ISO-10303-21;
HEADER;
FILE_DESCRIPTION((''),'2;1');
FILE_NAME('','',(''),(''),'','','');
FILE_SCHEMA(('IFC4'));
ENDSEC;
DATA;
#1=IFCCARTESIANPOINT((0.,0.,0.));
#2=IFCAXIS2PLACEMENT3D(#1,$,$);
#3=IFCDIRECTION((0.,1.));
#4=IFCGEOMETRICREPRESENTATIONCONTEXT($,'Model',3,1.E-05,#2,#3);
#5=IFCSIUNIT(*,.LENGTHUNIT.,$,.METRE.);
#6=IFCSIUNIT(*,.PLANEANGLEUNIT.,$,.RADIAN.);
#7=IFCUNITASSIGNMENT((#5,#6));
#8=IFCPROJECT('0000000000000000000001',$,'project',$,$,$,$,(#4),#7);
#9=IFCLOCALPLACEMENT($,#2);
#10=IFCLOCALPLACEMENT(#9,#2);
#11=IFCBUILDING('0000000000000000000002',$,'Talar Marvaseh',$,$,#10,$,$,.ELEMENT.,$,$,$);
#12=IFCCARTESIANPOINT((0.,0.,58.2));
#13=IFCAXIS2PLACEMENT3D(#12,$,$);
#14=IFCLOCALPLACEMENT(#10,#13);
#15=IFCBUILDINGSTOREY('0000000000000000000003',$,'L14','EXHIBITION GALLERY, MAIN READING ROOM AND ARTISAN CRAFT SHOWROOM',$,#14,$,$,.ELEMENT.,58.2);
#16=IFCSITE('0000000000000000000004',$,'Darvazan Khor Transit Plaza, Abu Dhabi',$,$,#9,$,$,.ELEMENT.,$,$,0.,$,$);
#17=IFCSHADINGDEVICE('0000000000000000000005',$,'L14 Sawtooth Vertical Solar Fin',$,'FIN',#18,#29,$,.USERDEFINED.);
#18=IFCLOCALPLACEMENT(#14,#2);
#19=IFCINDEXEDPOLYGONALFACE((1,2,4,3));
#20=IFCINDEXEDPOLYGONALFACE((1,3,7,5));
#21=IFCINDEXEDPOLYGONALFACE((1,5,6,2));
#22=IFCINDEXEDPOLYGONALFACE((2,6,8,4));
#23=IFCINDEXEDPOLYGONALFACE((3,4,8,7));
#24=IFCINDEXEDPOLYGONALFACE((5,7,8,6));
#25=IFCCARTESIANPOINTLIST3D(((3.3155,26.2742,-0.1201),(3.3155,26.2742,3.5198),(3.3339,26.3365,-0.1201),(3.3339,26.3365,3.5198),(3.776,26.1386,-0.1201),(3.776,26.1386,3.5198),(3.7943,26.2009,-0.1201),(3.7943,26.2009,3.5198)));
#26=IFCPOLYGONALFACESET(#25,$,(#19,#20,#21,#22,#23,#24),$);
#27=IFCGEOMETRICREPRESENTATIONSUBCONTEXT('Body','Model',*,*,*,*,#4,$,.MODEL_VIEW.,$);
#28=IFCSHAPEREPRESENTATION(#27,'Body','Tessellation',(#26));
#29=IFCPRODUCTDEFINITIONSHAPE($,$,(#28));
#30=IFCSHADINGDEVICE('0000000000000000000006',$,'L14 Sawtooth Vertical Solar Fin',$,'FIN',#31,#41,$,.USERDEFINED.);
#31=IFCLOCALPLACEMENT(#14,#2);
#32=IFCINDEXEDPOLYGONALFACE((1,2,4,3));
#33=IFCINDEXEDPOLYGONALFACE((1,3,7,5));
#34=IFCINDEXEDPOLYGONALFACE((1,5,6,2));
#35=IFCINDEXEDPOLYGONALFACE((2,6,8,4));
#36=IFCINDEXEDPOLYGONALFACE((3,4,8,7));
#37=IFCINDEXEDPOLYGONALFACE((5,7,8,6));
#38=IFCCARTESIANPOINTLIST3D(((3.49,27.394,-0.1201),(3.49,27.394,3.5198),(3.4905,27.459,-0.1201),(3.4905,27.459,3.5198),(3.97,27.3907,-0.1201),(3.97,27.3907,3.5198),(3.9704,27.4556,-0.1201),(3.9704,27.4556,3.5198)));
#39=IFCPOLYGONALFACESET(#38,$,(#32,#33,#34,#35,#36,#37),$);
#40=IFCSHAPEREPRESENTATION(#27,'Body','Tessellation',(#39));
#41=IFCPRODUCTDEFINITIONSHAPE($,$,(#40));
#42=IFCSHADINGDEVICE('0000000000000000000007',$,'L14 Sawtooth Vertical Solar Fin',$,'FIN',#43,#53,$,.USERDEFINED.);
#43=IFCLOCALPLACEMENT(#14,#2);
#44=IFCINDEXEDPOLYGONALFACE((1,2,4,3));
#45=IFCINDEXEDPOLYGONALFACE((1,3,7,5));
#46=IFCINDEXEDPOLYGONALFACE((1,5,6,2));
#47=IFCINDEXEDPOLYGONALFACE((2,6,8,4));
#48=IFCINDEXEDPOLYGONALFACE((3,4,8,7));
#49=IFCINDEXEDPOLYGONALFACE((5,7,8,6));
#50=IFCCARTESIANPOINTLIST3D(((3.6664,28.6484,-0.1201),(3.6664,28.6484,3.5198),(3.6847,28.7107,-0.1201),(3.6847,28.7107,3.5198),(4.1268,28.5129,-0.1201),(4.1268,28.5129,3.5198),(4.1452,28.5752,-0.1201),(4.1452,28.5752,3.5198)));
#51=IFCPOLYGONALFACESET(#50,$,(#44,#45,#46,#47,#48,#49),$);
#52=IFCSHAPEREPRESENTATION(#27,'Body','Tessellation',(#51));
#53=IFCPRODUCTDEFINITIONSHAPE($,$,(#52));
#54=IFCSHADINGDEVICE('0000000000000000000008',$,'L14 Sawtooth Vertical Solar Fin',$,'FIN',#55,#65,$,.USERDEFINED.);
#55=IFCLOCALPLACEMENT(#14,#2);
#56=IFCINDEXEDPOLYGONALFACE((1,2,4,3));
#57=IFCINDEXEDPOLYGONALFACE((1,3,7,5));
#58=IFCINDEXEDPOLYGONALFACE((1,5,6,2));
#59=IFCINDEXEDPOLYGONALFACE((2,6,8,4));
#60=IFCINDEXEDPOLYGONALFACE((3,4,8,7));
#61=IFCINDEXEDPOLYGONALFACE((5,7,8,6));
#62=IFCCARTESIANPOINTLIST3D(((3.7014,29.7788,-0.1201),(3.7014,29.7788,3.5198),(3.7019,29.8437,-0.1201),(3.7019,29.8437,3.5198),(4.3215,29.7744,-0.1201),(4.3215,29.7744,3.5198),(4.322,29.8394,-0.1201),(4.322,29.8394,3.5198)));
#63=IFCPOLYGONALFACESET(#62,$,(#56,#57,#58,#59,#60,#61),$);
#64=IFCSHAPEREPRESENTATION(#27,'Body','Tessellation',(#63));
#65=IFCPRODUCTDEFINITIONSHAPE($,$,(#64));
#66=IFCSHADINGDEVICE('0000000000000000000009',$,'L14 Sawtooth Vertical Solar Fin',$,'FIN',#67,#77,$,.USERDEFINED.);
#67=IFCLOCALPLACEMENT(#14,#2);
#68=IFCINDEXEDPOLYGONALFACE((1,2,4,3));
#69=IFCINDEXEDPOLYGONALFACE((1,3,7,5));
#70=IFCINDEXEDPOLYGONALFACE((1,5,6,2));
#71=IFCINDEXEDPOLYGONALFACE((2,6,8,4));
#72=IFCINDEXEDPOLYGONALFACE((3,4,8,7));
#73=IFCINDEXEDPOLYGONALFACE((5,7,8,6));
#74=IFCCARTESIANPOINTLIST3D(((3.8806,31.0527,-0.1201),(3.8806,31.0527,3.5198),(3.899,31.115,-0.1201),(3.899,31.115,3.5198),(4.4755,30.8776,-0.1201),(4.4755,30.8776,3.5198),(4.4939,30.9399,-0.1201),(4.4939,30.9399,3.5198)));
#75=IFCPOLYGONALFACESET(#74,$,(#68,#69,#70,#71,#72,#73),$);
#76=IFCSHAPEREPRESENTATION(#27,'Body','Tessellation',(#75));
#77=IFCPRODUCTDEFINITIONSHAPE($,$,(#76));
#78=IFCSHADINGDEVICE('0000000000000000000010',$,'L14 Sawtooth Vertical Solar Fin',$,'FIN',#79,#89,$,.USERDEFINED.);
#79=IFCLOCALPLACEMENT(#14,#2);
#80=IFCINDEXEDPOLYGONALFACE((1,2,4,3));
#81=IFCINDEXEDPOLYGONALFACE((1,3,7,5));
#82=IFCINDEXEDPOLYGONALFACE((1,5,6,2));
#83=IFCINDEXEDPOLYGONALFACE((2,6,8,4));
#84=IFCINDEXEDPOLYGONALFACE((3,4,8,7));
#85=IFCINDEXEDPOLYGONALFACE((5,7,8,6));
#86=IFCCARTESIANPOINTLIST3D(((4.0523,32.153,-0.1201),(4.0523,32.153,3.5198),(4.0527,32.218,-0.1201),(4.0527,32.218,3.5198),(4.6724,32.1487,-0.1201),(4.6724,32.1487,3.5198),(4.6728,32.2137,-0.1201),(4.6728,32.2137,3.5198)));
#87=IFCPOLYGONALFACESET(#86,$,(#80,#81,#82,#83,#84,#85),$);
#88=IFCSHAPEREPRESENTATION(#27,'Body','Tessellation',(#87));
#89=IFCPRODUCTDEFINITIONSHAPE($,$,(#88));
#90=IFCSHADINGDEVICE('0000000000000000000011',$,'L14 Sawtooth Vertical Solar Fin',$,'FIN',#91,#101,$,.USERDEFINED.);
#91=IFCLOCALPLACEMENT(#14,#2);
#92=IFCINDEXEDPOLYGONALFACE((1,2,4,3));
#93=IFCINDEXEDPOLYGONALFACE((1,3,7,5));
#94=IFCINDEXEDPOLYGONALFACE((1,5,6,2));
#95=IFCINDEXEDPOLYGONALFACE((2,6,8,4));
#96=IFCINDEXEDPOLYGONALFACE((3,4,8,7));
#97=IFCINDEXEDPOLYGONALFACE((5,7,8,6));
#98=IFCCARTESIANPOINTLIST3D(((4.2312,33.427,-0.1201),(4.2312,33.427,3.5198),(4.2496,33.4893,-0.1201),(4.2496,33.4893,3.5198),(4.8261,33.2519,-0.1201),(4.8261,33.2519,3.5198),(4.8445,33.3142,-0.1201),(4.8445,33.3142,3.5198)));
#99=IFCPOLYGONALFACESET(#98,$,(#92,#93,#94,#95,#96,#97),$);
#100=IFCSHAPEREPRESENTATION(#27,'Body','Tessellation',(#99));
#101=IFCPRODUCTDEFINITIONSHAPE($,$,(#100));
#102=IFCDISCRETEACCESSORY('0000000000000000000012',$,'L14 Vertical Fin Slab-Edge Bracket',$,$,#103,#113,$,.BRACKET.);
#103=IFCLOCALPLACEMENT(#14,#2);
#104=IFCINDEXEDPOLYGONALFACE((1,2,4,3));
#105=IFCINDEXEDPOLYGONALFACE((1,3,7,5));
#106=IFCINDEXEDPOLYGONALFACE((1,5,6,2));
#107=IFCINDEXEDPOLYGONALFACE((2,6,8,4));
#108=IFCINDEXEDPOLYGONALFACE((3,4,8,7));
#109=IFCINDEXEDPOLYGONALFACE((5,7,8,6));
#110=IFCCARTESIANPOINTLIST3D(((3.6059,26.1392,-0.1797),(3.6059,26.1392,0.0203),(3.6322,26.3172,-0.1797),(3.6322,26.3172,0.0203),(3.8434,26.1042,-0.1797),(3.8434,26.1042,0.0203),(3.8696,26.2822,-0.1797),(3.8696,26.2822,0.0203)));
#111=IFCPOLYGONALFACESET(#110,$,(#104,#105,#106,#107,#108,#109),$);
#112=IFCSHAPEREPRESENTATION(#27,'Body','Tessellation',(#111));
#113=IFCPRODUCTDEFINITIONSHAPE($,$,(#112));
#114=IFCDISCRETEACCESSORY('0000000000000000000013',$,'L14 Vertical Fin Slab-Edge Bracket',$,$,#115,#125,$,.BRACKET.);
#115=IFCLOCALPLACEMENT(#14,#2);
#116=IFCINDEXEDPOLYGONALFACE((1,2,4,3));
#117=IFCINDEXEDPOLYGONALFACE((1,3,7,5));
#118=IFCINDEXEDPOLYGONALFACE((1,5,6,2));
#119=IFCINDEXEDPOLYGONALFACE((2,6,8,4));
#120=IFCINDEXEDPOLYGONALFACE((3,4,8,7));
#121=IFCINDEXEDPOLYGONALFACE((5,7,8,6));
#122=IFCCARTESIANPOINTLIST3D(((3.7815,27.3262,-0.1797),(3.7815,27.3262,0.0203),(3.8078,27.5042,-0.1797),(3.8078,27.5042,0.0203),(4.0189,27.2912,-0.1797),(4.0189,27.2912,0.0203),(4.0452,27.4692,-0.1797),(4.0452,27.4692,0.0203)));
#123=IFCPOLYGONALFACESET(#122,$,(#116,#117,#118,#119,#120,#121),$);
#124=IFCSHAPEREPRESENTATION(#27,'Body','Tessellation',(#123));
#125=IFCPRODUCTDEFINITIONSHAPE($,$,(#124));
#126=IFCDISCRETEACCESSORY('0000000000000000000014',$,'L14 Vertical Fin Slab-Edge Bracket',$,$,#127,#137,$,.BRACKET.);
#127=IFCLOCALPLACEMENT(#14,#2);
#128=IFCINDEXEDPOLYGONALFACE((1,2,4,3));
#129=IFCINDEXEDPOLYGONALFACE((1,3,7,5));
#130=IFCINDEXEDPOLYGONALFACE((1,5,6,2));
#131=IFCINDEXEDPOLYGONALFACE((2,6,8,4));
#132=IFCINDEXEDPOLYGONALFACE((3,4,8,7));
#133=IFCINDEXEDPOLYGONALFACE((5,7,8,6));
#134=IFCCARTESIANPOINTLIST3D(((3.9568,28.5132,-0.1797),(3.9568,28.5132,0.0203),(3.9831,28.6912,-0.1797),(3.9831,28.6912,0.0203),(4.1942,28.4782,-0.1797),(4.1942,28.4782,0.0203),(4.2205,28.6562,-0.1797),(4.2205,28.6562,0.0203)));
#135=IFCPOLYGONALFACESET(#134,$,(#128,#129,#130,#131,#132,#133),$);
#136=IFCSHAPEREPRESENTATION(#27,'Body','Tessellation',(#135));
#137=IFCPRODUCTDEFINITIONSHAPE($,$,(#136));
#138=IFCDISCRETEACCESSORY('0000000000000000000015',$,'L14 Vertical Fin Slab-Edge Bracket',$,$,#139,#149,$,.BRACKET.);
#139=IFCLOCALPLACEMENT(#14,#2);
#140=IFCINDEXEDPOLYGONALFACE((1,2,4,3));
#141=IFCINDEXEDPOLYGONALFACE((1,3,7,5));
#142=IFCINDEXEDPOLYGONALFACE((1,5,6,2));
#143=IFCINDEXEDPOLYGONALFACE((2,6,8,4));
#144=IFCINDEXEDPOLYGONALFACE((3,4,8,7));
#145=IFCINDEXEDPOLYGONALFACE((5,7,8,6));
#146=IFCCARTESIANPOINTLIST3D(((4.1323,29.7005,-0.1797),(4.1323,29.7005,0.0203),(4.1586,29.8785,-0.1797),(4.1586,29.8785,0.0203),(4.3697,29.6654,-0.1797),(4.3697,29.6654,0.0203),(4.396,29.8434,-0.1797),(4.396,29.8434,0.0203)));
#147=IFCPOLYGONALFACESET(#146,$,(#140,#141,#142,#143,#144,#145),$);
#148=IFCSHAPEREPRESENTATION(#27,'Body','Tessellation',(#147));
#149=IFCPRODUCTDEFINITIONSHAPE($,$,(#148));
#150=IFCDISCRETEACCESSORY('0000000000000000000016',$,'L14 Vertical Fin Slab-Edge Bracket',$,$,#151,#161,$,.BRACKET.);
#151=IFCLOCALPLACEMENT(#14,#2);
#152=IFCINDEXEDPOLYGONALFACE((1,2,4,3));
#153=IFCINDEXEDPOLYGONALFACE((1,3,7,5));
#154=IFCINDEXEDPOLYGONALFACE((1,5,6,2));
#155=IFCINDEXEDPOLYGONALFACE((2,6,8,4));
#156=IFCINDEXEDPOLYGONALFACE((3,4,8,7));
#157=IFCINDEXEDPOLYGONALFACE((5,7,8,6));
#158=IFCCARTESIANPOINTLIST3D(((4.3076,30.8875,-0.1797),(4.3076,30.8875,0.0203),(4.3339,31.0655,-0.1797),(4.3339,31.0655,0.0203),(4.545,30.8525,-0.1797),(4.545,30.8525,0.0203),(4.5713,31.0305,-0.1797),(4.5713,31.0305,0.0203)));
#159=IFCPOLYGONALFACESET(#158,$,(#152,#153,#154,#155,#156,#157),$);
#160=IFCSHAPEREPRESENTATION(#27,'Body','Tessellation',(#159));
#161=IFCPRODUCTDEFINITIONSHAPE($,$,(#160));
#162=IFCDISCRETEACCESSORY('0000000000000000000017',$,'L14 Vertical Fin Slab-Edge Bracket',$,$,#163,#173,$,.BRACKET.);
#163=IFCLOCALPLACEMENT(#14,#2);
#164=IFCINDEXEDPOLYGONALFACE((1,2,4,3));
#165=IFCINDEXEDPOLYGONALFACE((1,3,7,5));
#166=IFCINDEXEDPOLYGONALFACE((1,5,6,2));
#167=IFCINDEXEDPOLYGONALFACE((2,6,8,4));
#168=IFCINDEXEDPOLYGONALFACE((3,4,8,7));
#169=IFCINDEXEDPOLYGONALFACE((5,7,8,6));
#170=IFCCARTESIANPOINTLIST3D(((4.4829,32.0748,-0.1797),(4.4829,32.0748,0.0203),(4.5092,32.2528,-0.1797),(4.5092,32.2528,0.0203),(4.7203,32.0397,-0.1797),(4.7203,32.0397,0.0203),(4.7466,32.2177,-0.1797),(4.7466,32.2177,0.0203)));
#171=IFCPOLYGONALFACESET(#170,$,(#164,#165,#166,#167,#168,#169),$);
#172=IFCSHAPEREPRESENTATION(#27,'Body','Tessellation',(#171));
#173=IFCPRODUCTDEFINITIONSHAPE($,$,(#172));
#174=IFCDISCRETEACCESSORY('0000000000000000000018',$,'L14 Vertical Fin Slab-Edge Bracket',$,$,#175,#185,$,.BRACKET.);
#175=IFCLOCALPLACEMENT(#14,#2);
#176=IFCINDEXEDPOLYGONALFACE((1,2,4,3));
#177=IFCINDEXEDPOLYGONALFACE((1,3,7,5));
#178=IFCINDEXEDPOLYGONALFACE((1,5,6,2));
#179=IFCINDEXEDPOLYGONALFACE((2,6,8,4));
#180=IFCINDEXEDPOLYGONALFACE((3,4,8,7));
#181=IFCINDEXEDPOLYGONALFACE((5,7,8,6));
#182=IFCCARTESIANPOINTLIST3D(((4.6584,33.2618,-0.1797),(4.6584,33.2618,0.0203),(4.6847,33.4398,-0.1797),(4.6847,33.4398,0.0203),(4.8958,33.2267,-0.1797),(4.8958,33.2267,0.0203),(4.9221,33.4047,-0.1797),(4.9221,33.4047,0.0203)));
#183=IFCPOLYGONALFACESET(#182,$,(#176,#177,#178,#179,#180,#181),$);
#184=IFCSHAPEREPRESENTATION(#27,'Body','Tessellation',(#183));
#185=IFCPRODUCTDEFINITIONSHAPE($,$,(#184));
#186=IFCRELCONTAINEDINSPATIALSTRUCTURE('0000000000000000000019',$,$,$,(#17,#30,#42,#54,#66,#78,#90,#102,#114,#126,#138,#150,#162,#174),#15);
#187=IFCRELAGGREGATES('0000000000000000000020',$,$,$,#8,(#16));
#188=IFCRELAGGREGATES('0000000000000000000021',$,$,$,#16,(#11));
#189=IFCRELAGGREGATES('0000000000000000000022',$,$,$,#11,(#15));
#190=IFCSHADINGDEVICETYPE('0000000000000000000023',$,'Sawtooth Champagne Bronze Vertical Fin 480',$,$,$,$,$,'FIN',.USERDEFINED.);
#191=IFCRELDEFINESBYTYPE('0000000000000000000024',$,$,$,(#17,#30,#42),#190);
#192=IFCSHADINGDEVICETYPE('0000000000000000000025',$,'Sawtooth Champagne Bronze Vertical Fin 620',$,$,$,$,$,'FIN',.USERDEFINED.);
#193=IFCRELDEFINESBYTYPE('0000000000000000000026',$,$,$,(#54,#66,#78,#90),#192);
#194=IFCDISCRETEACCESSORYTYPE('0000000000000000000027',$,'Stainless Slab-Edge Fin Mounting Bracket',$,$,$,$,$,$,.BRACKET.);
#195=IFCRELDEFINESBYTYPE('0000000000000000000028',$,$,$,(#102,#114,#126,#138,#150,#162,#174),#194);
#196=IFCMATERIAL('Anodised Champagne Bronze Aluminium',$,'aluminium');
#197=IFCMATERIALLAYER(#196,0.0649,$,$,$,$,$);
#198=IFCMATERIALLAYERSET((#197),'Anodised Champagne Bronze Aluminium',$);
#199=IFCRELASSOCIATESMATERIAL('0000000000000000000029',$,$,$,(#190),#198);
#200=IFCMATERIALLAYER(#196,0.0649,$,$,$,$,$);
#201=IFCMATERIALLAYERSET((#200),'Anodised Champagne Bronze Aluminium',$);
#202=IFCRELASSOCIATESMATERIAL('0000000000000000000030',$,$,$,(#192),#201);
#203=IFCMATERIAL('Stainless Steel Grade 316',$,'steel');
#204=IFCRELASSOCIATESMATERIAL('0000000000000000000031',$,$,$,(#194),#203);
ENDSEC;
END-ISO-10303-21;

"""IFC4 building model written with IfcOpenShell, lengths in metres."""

from ifc_helpers import new_model, si_unit, direction, frame, origin, origin_2d, place, context, subcontext, project, spatial, rectangle, extrude, source, transform, mapped, material, layer, layer_set, type_object, type_shapes, element, save


model = new_model("IFC4")

# Units and contexts
model_context = context("Model", 3, precision=1e-05, world=origin(), true_north=direction((0.0, 1.0)))
body_context = subcontext(model_context, "Body", "Model", "MODEL_VIEW")
ifc_project = project(units=[si_unit("LENGTHUNIT", "METRE"), si_unit("PLANEANGLEUNIT", "RADIAN")], contexts=[model_context])

# Site, building, storey
site_placement = place(None, origin())
site = spatial("IfcSite", under=ifc_project, at=site_placement, Name="Darvazan Khor Transit Plaza, Abu Dhabi", CompositionType="ELEMENT", RefElevation=0.0)
building_placement = place(site_placement, origin())
building = spatial("IfcBuilding", under=site, at=building_placement, Name="Talar Marvaseh", CompositionType="ELEMENT")
storey_placement = place(building_placement, frame((0.0, 0.0, 58.2)))
storey = spatial("IfcBuildingStorey", under=building, at=storey_placement, Name="L14", Description="EXHIBITION GALLERY, MAIN READING ROOM AND ARTISAN CRAFT SHOWROOM", CompositionType="ELEMENT", Elevation=58.2)

# Shading devices
ifc_material_1 = material(Name="Anodised Champagne Bronze Aluminium", Category="aluminium")
ifc_layer_1 = layer(ifc_material_1, 0.0649)
ifc_layer_set_1 = layer_set([ifc_layer_1], Name="Anodised Champagne Bronze Aluminium")
shading_device_type_1 = type_object("IfcShadingDeviceType", Name="Sawtooth Champagne Bronze Vertical Fin 480", ElementType="FIN", PredefinedType="USERDEFINED", material=ifc_layer_set_1)
shared_shape_1 = source(origin(), body_context, "Body", "SweptSolid", [
    extrude(rectangle(XDim=0.48, YDim=0.0649, at=origin_2d()), origin(), (0.0, 0.0, 1.0), 3.6399),
])
type_shapes(shading_device_type_1, [shared_shape_1])
for number, where, z_axis, x_axis, name in (
    (1, (3.5549, 26.2375, -0.1201), (0.0, 0.0, 1.0), (-0.959314, 0.282341, 0.0), "L14 Sawtooth Vertical Solar Fin"),
    (2, (3.7302, 27.4248, -0.1201), (0.0, 0.0, 1.0), (-0.999976, 0.006981, 0.0), "L14 Sawtooth Vertical Solar Fin"),
    (3, (3.9058, 28.6118, -0.1201), (0.0, 0.0, 1.0), (-0.959314, 0.282341, 0.0), "L14 Sawtooth Vertical Solar Fin"),
):
    element("IfcShadingDevice", number, at=place(storey_placement, frame(where, z_axis=z_axis, x_axis=x_axis)), inside=storey, type_object=shading_device_type_1, Name=name, ObjectType="FIN", PredefinedType="USERDEFINED", context=body_context, shape_type="MappedRepresentation", body=[
        mapped(shared_shape_1, transform((0.0, 0.0, 0.0), x_axis=(1.0, 0.0, 0.0), y_axis=(0.0, 1.0, 0.0), z_axis=(0.0, 0.0, 1.0), scale=1.0)),
    ])
ifc_layer_2 = layer(ifc_material_1, 0.0649)
ifc_layer_set_2 = layer_set([ifc_layer_2], Name="Anodised Champagne Bronze Aluminium")
shading_device_type_2 = type_object("IfcShadingDeviceType", Name="Sawtooth Champagne Bronze Vertical Fin 620", ElementType="FIN", PredefinedType="USERDEFINED", material=ifc_layer_set_2)
shared_shape_2 = source(origin(), body_context, "Body", "SweptSolid", [
    extrude(rectangle(XDim=0.6201, YDim=0.0649, at=origin_2d()), origin(), (0.0, 0.0, 1.0), 3.6399),
])
type_shapes(shading_device_type_2, [shared_shape_2])
for number, where, z_axis, x_axis, name in (
    (4, (4.0117, 29.8091, -0.1201), (0.0, 0.0, 1.0), (-0.999976, 0.006981, 0.0), "L14 Sawtooth Vertical Solar Fin"),
    (5, (4.1873, 30.9963, -0.1201), (0.0, 0.0, 1.0), (-0.959314, 0.282341, 0.0), "L14 Sawtooth Vertical Solar Fin"),
    (6, (4.3625, 32.1833, -0.1201), (0.0, 0.0, 1.0), (-0.999976, 0.006981, 0.0), "L14 Sawtooth Vertical Solar Fin"),
    (7, (4.5378, 33.3706, -0.1201), (0.0, 0.0, 1.0), (-0.959314, 0.282341, 0.0), "L14 Sawtooth Vertical Solar Fin"),
):
    element("IfcShadingDevice", number, at=place(storey_placement, frame(where, z_axis=z_axis, x_axis=x_axis)), inside=storey, type_object=shading_device_type_2, Name=name, ObjectType="FIN", PredefinedType="USERDEFINED", context=body_context, shape_type="MappedRepresentation", body=[
        mapped(shared_shape_2, transform((0.0, 0.0, 0.0), x_axis=(1.0, 0.0, 0.0), y_axis=(0.0, 1.0, 0.0), z_axis=(0.0, 0.0, 1.0), scale=1.0)),
    ])

# Discrete accessories
ifc_material_2 = material(Name="Stainless Steel Grade 316", Category="steel")
discrete_accessory_type = type_object("IfcDiscreteAccessoryType", Name="Stainless Slab-Edge Fin Mounting Bracket", PredefinedType="BRACKET", material=ifc_material_2)
shared_shape_3 = source(origin(), body_context, "Body", "SweptSolid", [
    extrude(rectangle(XDim=0.24, YDim=0.1799, at=origin_2d()), origin(), (0.0, 0.0, 1.0), 0.2),
])
type_shapes(discrete_accessory_type, [shared_shape_3])
for number, where, z_axis, x_axis, name in (
    (8, (3.7378, 26.2107, -0.1797), (0.0, 0.0, 1.0), (-0.989272, 0.146083, 0.0), "L14 Vertical Fin Slab-Edge Bracket"),
    (9, (3.9133, 27.3977, -0.1797), (0.0, 0.0, 1.0), (-0.989272, 0.146083, 0.0), "L14 Vertical Fin Slab-Edge Bracket"),
    (10, (4.0886, 28.5847, -0.1797), (0.0, 0.0, 1.0), (-0.989272, 0.146083, 0.0), "L14 Vertical Fin Slab-Edge Bracket"),
    (11, (4.2642, 29.772, -0.1797), (0.0, 0.0, 1.0), (-0.989272, 0.146083, 0.0), "L14 Vertical Fin Slab-Edge Bracket"),
    (12, (4.4395, 30.959, -0.1797), (0.0, 0.0, 1.0), (-0.989272, 0.146083, 0.0), "L14 Vertical Fin Slab-Edge Bracket"),
    (13, (4.6147, 32.1462, -0.1797), (0.0, 0.0, 1.0), (-0.989272, 0.146083, 0.0), "L14 Vertical Fin Slab-Edge Bracket"),
    (14, (4.7903, 33.3333, -0.1797), (0.0, 0.0, 1.0), (-0.989272, 0.146083, 0.0), "L14 Vertical Fin Slab-Edge Bracket"),
):
    element("IfcDiscreteAccessory", number, at=place(storey_placement, frame(where, z_axis=z_axis, x_axis=x_axis)), inside=storey, type_object=discrete_accessory_type, Name=name, PredefinedType="BRACKET", context=body_context, shape_type="MappedRepresentation", body=[
        mapped(shared_shape_3, transform((0.0, 0.0, 0.0), x_axis=(1.0, 0.0, 0.0), y_axis=(0.0, 1.0, 0.0), z_axis=(0.0, 0.0, 1.0), scale=1.0)),
    ])

save(model, "model.ifc")
